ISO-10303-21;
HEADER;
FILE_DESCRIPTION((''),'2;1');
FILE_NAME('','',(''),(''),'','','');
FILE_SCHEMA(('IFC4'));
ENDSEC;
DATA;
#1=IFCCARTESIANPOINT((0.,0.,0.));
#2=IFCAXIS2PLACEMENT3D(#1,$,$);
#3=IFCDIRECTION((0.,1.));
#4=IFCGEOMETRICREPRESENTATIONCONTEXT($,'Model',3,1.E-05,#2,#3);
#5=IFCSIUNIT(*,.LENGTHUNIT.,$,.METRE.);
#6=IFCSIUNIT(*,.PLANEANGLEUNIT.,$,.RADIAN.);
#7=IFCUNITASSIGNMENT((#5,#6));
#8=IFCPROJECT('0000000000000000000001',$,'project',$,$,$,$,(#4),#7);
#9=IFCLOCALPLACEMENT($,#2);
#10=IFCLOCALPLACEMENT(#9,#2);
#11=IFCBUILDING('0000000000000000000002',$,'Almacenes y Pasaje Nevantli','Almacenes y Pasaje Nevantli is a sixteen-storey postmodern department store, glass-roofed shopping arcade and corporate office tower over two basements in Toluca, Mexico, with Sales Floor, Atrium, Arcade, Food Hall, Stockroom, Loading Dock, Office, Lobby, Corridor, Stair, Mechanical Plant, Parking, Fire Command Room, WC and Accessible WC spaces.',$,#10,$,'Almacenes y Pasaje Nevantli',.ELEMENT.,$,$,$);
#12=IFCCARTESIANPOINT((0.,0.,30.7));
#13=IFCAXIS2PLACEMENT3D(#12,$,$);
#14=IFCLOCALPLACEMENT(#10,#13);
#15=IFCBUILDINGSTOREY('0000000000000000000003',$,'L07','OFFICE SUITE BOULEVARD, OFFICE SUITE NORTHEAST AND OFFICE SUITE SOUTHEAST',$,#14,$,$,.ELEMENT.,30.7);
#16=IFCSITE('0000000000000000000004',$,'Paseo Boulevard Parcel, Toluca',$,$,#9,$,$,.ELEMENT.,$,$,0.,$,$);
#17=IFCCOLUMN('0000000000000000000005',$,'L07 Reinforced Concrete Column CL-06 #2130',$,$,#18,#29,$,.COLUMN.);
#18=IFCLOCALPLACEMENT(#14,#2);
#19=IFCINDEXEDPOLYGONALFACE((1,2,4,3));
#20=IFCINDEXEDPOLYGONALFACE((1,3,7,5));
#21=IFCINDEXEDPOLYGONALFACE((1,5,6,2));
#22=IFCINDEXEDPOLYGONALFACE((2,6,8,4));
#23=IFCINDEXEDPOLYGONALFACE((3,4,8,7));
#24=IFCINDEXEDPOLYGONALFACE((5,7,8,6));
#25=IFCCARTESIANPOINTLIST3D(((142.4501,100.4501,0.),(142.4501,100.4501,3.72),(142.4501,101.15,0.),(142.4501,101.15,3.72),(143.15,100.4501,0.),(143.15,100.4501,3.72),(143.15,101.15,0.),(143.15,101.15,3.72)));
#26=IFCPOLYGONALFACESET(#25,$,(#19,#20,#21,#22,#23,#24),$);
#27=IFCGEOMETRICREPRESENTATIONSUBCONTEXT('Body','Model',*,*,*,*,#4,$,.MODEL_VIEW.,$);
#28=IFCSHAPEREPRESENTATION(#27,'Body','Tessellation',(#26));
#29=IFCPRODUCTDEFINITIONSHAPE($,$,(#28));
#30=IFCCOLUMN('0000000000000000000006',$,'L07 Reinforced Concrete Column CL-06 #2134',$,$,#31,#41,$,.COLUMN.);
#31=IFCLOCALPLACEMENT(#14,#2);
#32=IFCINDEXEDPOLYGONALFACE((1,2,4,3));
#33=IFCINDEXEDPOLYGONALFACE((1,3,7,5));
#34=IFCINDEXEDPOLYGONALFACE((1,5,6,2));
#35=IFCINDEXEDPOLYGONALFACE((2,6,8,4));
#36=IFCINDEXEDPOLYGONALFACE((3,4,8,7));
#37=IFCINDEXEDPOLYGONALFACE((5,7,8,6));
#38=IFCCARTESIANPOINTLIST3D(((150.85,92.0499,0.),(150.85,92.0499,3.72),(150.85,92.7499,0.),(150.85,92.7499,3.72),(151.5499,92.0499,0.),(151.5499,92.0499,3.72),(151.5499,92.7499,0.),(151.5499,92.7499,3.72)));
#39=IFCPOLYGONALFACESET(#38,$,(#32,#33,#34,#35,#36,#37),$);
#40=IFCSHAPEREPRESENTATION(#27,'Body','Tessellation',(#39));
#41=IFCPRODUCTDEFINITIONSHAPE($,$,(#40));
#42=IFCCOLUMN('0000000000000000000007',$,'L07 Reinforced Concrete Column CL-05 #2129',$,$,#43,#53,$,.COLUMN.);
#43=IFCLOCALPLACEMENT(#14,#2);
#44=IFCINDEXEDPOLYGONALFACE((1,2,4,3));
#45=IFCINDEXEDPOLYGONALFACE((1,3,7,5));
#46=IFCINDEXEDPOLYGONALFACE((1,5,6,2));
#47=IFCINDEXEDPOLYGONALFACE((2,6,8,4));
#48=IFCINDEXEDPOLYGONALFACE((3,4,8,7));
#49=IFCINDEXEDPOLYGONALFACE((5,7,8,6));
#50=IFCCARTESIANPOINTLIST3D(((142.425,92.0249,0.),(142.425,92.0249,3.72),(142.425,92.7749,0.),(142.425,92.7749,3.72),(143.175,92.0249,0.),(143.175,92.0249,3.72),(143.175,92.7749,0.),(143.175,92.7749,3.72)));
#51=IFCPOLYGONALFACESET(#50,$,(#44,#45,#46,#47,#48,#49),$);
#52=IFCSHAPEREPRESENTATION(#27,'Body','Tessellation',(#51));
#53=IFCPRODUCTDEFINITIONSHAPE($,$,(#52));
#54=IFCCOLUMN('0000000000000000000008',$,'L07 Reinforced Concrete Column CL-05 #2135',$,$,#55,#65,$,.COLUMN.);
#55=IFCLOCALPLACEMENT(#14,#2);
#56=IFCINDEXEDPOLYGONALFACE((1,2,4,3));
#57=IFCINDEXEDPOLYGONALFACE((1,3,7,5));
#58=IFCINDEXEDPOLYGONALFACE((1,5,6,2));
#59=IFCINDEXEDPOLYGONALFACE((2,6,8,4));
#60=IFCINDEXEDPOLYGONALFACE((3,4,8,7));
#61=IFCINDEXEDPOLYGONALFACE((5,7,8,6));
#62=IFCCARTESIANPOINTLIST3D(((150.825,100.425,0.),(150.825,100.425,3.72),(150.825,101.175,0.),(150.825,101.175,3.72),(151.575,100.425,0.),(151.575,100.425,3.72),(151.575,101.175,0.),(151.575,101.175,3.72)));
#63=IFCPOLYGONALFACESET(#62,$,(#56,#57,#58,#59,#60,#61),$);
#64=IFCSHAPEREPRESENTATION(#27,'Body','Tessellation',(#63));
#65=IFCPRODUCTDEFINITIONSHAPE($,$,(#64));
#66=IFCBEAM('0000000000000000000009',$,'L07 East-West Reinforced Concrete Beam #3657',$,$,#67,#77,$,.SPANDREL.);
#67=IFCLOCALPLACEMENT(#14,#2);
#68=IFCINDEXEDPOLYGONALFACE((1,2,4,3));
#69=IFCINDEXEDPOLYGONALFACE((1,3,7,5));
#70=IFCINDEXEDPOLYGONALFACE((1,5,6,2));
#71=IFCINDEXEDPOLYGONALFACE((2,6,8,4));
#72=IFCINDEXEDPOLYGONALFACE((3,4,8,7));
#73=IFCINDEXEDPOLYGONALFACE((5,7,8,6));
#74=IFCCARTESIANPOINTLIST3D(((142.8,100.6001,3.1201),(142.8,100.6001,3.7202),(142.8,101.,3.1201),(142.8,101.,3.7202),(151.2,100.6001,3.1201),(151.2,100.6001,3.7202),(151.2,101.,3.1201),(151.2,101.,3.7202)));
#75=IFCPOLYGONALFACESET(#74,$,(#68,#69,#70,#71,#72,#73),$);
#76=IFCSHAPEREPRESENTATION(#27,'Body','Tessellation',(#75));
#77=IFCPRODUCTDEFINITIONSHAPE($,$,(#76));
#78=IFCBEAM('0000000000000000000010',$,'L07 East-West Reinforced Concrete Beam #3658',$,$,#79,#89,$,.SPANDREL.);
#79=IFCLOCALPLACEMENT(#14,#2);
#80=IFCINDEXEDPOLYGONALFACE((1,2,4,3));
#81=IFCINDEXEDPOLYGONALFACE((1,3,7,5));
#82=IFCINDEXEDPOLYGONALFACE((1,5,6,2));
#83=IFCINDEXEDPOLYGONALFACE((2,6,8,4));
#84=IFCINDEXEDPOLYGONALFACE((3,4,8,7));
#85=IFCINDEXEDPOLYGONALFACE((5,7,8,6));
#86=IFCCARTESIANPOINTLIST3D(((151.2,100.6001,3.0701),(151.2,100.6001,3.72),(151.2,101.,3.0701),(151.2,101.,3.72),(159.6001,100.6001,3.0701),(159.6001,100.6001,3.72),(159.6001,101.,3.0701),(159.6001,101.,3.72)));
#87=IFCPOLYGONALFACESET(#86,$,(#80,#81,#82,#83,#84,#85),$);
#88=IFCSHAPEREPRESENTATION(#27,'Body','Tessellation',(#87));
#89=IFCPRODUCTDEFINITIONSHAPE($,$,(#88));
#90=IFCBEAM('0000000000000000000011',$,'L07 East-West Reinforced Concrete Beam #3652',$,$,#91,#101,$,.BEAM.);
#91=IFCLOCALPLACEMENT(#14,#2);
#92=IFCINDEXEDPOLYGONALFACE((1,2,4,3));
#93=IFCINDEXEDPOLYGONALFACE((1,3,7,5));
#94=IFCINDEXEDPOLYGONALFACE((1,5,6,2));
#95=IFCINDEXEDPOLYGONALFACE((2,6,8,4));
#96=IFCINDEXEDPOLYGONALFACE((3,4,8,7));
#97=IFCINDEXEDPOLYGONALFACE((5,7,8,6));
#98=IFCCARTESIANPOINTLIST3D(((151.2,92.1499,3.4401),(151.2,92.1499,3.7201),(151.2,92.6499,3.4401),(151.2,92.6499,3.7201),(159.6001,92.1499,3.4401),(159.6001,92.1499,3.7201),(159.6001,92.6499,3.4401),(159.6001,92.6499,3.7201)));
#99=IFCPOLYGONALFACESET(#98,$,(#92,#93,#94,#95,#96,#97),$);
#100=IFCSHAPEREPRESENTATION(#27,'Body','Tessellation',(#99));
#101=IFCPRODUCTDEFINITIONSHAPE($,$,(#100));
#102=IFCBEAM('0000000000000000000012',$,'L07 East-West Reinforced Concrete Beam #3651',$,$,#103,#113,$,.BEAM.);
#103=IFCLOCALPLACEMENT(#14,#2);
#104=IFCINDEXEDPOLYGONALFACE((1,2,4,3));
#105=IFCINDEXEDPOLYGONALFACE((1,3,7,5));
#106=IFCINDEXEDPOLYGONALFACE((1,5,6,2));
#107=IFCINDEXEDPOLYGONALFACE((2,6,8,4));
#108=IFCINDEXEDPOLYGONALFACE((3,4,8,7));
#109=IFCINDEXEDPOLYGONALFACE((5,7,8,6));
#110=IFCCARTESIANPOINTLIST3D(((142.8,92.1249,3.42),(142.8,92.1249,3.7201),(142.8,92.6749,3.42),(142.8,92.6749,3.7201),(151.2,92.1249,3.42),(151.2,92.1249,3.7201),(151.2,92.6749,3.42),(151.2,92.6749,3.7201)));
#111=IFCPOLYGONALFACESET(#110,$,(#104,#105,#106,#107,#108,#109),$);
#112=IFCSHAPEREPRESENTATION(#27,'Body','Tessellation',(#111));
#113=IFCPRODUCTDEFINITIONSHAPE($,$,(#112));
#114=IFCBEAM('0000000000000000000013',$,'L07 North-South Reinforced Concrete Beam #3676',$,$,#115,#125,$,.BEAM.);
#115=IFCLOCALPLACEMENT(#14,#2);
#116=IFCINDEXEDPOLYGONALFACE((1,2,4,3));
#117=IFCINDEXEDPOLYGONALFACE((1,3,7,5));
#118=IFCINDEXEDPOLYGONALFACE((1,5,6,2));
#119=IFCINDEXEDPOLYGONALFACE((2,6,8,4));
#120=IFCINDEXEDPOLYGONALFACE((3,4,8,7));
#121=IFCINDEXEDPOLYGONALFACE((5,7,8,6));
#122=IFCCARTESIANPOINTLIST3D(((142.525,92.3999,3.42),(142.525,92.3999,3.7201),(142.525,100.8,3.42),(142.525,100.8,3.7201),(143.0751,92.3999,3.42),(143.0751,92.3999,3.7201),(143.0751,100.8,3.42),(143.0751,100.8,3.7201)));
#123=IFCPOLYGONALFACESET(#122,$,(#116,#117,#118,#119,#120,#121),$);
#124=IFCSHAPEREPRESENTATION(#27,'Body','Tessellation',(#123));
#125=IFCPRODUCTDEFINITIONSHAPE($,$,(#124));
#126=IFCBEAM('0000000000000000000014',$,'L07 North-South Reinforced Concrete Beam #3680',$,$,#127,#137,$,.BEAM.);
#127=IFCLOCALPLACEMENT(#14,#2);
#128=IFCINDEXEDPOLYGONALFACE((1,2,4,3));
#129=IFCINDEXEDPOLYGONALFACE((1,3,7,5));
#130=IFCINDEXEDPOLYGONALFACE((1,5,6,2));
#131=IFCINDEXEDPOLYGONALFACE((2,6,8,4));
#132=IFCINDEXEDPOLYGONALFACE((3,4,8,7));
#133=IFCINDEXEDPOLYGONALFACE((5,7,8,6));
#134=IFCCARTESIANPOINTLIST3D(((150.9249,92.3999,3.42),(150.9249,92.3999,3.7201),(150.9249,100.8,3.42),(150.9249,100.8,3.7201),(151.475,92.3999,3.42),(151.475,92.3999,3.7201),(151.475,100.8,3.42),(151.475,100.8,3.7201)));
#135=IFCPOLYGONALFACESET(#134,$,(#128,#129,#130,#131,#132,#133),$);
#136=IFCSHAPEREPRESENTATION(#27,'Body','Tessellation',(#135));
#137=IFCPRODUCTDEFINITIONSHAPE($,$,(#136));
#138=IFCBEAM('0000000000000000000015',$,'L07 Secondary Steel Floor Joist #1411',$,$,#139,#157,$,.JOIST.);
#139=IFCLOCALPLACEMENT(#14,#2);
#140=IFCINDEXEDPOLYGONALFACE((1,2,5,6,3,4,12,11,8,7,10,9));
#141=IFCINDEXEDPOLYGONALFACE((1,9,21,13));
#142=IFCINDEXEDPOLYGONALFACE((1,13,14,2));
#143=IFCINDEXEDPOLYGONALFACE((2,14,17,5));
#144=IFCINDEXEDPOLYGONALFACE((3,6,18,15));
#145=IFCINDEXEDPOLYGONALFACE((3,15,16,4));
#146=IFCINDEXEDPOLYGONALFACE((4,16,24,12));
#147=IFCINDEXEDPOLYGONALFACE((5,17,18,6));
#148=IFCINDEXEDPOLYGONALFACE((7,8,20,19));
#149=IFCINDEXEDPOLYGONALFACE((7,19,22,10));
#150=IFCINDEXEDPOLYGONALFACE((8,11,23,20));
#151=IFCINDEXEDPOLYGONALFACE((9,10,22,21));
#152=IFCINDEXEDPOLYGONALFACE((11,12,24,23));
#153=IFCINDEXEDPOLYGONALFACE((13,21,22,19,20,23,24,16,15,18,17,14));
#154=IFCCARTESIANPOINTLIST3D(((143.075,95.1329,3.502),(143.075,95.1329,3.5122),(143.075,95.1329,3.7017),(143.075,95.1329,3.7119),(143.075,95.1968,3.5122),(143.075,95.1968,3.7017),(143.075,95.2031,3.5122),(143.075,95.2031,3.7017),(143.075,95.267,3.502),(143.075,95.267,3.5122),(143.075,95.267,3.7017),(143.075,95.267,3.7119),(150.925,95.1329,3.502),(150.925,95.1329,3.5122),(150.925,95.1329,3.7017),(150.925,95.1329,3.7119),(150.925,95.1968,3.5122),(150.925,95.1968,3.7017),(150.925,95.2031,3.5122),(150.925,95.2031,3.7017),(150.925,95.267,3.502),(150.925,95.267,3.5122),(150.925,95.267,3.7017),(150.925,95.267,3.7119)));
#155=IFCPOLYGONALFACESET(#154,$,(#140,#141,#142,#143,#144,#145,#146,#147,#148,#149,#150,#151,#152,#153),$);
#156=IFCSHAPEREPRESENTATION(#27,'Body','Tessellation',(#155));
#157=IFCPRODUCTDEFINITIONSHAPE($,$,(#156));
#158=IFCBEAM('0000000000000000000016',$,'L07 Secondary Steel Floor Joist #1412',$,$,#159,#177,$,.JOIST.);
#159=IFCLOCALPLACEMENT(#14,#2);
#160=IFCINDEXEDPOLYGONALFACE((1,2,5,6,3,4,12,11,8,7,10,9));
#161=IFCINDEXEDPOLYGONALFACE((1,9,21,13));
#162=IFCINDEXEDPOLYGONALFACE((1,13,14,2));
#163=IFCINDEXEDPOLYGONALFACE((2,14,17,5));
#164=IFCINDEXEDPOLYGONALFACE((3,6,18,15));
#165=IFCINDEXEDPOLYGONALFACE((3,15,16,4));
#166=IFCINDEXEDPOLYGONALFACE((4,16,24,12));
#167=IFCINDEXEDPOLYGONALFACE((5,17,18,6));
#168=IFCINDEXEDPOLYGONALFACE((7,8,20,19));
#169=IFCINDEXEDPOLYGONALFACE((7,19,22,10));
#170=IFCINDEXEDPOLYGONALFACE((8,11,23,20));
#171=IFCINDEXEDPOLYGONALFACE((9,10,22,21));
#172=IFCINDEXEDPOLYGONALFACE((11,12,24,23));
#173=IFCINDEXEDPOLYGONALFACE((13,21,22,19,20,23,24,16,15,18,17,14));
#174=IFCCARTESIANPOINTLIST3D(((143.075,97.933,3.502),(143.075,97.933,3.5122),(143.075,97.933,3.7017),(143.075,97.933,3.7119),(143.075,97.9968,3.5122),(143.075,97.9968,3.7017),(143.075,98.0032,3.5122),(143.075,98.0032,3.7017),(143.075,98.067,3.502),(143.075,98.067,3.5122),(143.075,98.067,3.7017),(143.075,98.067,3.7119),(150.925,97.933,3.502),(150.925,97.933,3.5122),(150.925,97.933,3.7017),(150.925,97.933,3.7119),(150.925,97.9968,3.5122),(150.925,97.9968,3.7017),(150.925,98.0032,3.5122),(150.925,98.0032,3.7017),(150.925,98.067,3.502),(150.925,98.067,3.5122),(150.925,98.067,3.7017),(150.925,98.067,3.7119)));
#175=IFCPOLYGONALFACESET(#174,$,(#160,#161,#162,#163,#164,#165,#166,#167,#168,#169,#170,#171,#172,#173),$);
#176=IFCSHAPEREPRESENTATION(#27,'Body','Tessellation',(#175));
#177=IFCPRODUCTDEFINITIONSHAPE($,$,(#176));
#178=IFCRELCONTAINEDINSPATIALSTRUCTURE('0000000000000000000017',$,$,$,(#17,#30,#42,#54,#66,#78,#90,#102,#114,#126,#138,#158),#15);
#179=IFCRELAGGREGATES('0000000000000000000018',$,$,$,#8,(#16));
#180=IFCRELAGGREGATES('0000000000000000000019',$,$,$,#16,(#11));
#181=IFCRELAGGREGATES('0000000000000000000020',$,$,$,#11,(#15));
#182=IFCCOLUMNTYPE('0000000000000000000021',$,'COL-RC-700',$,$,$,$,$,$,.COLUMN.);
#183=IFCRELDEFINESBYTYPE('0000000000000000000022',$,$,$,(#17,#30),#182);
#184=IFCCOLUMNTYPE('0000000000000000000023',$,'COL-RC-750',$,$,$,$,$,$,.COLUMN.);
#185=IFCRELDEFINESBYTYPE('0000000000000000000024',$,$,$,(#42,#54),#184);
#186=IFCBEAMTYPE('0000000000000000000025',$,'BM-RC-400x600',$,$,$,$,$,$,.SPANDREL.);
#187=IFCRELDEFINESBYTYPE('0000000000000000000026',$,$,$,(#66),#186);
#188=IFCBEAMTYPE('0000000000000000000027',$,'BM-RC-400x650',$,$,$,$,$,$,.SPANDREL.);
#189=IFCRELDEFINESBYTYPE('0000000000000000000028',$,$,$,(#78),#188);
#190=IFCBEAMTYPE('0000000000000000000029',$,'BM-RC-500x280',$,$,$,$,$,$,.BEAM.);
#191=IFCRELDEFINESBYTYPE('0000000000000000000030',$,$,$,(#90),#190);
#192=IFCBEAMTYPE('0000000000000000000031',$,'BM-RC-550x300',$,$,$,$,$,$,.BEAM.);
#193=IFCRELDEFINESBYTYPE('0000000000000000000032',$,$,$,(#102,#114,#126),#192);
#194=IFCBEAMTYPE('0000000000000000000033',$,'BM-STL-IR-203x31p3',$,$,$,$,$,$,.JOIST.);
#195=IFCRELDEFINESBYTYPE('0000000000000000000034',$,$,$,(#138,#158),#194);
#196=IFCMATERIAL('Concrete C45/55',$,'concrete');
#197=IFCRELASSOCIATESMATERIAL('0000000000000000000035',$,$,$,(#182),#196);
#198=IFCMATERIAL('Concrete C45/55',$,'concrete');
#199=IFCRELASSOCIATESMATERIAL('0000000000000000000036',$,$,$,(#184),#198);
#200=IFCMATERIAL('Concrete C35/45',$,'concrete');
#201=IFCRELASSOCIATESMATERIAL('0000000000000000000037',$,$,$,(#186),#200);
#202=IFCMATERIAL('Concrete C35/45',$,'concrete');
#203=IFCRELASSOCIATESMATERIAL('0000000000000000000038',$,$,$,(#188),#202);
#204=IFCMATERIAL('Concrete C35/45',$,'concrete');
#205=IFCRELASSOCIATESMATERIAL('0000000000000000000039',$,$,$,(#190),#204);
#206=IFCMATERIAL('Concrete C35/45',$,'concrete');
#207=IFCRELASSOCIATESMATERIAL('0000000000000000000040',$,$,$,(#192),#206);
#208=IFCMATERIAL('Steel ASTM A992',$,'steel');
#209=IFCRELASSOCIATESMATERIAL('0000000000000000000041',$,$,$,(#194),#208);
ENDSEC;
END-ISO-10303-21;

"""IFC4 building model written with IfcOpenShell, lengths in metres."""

from ifc_helpers import new_model, si_unit, direction, frame, origin, origin_2d, place, context, subcontext, project, spatial, rectangle, i_section, extrude, material, material_profile, profile_set, type_object, element, save


model = new_model("IFC4")

# Units and contexts
model_context = context("Model", 3, precision=1e-05, world=origin(), true_north=direction((0.0, 1.0)))
body_context = subcontext(model_context, "Body", "Model", "MODEL_VIEW")
ifc_project = project(units=[si_unit("LENGTHUNIT", "METRE"), si_unit("PLANEANGLEUNIT", "RADIAN")], contexts=[model_context])

# Site, building, storey
site_placement = place(None, origin())
site = spatial("IfcSite", under=ifc_project, at=site_placement, Name="Paseo Boulevard Parcel, Toluca", CompositionType="ELEMENT", RefElevation=0.0)
building_placement = place(site_placement, origin())
building = spatial("IfcBuilding", under=site, at=building_placement, Name="Almacenes y Pasaje Nevantli", Description="Almacenes y Pasaje Nevantli is a sixteen-storey postmodern department store, glass-roofed shopping arcade and corporate office tower over two basements in Toluca, Mexico, with Sales Floor, Atrium, Arcade, Food Hall, Stockroom, Loading Dock, Office, Lobby, Corridor, Stair, Mechanical Plant, Parking, Fire Command Room, WC and Accessible WC spaces.", LongName="Almacenes y Pasaje Nevantli", CompositionType="ELEMENT")
storey_placement = place(building_placement, frame((0.0, 0.0, 30.7)))
storey = spatial("IfcBuildingStorey", under=building, at=storey_placement, Name="L07", Description="OFFICE SUITE BOULEVARD, OFFICE SUITE NORTHEAST AND OFFICE SUITE SOUTHEAST", CompositionType="ELEMENT", Elevation=30.7)

# Columns
ifc_material_1 = material(Name="Concrete C45/55", Category="concrete")
ifc_material_profile_1 = material_profile(ifc_material_1, rectangle(XDim=0.7, YDim=0.7, at=origin_2d()), Name="RC-COL-700x700")
ifc_profile_set_1 = profile_set([ifc_material_profile_1], Name="Concrete C45/55")
column_type_1 = type_object("IfcColumnType", Name="COL-RC-700", PredefinedType="COLUMN", material=ifc_profile_set_1)
for number, where, z_axis, x_axis, name in (
    (1, (142.8, 100.8, 0.0), (0.0, 0.0, 1.0), (1.0, 0.0, 0.0), "L07 Reinforced Concrete Column CL-06 #2130"),
    (2, (151.2, 92.3999, 0.0), (0.0, 0.0, 1.0), (1.0, 0.0, 0.0), "L07 Reinforced Concrete Column CL-06 #2134"),
):
    element("IfcColumn", number, at=place(storey_placement, frame(where, z_axis=z_axis, x_axis=x_axis)), inside=storey, type_object=column_type_1, Name=name, PredefinedType="COLUMN", context=body_context, shape_type="SweptSolid", body=[
        extrude(rectangle(XDim=0.7, YDim=0.7, at=origin_2d()), origin(), (0.0, 0.0, 1.0), 3.72),
    ])
ifc_material_2 = material(Name="Concrete C45/55", Category="concrete")
ifc_material_profile_2 = material_profile(ifc_material_2, rectangle(XDim=0.75, YDim=0.75, at=origin_2d()), Name="RC-COL-750x750")
ifc_profile_set_2 = profile_set([ifc_material_profile_2], Name="Concrete C45/55")
column_type_2 = type_object("IfcColumnType", Name="COL-RC-750", PredefinedType="COLUMN", material=ifc_profile_set_2)
for number, where, z_axis, x_axis, name in (
    (3, (142.8, 92.3999, 0.0), (0.0, 0.0, 1.0), (1.0, 0.0, 0.0), "L07 Reinforced Concrete Column CL-05 #2129"),
    (4, (151.2, 100.8, 0.0), (0.0, 0.0, 1.0), (1.0, 0.0, 0.0), "L07 Reinforced Concrete Column CL-05 #2135"),
):
    element("IfcColumn", number, at=place(storey_placement, frame(where, z_axis=z_axis, x_axis=x_axis)), inside=storey, type_object=column_type_2, Name=name, PredefinedType="COLUMN", context=body_context, shape_type="SweptSolid", body=[
        extrude(rectangle(XDim=0.75, YDim=0.75, at=origin_2d()), origin(), (0.0, 0.0, 1.0), 3.72),
    ])

# Beams
ifc_material_3 = material(Name="Concrete C35/45", Category="concrete")
ifc_material_profile_3 = material_profile(ifc_material_3, rectangle(XDim=0.3999, YDim=0.6001, at=origin_2d()), Name="RC-BM-400x600")
ifc_profile_set_3 = profile_set([ifc_material_profile_3], Name="Concrete C35/45")
beam_type_1 = type_object("IfcBeamType", Name="BM-RC-400x600", PredefinedType="SPANDREL", material=ifc_profile_set_3)
beam_1_placement = place(storey_placement, frame((142.8, 100.8, 3.4202), z_axis=(1.0, 0.0, 0.0), x_axis=(0.0, 1.0, 0.0)))
element("IfcBeam", 5, at=beam_1_placement, inside=storey, type_object=beam_type_1, Name="L07 East-West Reinforced Concrete Beam #3657", PredefinedType="SPANDREL", context=body_context, shape_type="SweptSolid", body=[
    extrude(rectangle(XDim=0.3999, YDim=0.6001, at=origin_2d()), origin(), (0.0, 0.0, 1.0), 8.3999),
])
ifc_material_4 = material(Name="Concrete C35/45", Category="concrete")
ifc_material_profile_4 = material_profile(ifc_material_4, rectangle(XDim=0.3999, YDim=0.6499, at=origin_2d()), Name="RC-BM-400x650")
ifc_profile_set_4 = profile_set([ifc_material_profile_4], Name="Concrete C35/45")
beam_type_2 = type_object("IfcBeamType", Name="BM-RC-400x650", PredefinedType="SPANDREL", material=ifc_profile_set_4)
beam_2_placement = place(storey_placement, frame((151.2, 100.8, 3.395), z_axis=(1.0, 0.0, 0.0), x_axis=(0.0, 1.0, 0.0)))
element("IfcBeam", 6, at=beam_2_placement, inside=storey, type_object=beam_type_2, Name="L07 East-West Reinforced Concrete Beam #3658", PredefinedType="SPANDREL", context=body_context, shape_type="SweptSolid", body=[
    extrude(rectangle(XDim=0.3999, YDim=0.6499, at=origin_2d()), origin(), (0.0, 0.0, 1.0), 8.4001),
])
ifc_material_5 = material(Name="Concrete C35/45", Category="concrete")
ifc_material_profile_5 = material_profile(ifc_material_5, rectangle(XDim=0.5, YDim=0.28, at=origin_2d()), Name="RC-BM-500x280")
ifc_profile_set_5 = profile_set([ifc_material_profile_5], Name="Concrete C35/45")
beam_type_3 = type_object("IfcBeamType", Name="BM-RC-500x280", PredefinedType="BEAM", material=ifc_profile_set_5)
beam_3_placement = place(storey_placement, frame((151.2, 92.3999, 3.5801), z_axis=(1.0, 0.0, 0.0), x_axis=(0.0, 1.0, 0.0)))
element("IfcBeam", 7, at=beam_3_placement, inside=storey, type_object=beam_type_3, Name="L07 East-West Reinforced Concrete Beam #3652", PredefinedType="BEAM", context=body_context, shape_type="SweptSolid", body=[
    extrude(rectangle(XDim=0.5, YDim=0.28, at=origin_2d()), origin(), (0.0, 0.0, 1.0), 8.4001),
])
ifc_material_6 = material(Name="Concrete C35/45", Category="concrete")
ifc_material_profile_6 = material_profile(ifc_material_6, rectangle(XDim=0.55, YDim=0.3, at=origin_2d()), Name="RC-BM-550x300")
ifc_profile_set_6 = profile_set([ifc_material_profile_6], Name="Concrete C35/45")
beam_type_4 = type_object("IfcBeamType", Name="BM-RC-550x300", PredefinedType="BEAM", material=ifc_profile_set_6)
beam_4_placement = place(storey_placement, frame((142.8, 92.3999, 3.5701), z_axis=(1.0, 0.0, 0.0), x_axis=(0.0, 1.0, 0.0)))
element("IfcBeam", 8, at=beam_4_placement, inside=storey, type_object=beam_type_4, Name="L07 East-West Reinforced Concrete Beam #3651", PredefinedType="BEAM", context=body_context, shape_type="SweptSolid", body=[
    extrude(rectangle(XDim=0.55, YDim=0.3, at=origin_2d()), origin(), (0.0, 0.0, 1.0), 8.3999),
])
for number, where, z_axis, x_axis, name in (
    (9, (142.8, 92.3999, 3.5701), (0.0, 1.0, 0.0), (-1.0, 0.0, 0.0), "L07 North-South Reinforced Concrete Beam #3676"),
    (10, (151.2, 92.3999, 3.5701), (0.0, 1.0, 0.0), (-1.0, 0.0, 0.0), "L07 North-South Reinforced Concrete Beam #3680"),
):
    element("IfcBeam", number, at=place(storey_placement, frame(where, z_axis=z_axis, x_axis=x_axis)), inside=storey, type_object=beam_type_4, Name=name, PredefinedType="BEAM", context=body_context, shape_type="SweptSolid", body=[
        extrude(rectangle(XDim=0.55, YDim=0.3, at=origin_2d()), origin(), (0.0, 0.0, 1.0), 8.4001),
    ])
ifc_material_7 = material(Name="Steel ASTM A992", Category="steel")
ifc_material_profile_7 = material_profile(ifc_material_7, i_section(OverallWidth=0.134, OverallDepth=0.21, WebThickness=0.0063, FlangeThickness=0.0103, at=origin_2d()), Name="IR 203x31.3")
ifc_profile_set_7 = profile_set([ifc_material_profile_7], Name="Steel ASTM A992")
beam_type_5 = type_object("IfcBeamType", Name="BM-STL-IR-203x31p3", PredefinedType="JOIST", material=ifc_profile_set_7)
for number, where, z_axis, x_axis, name in (
    (11, (143.075, 95.2, 3.6069), (1.0, 0.0, 0.0), (0.0, 1.0, 0.0), "L07 Secondary Steel Floor Joist #1411"),
    (12, (143.075, 98.0, 3.6069), (1.0, 0.0, 0.0), (0.0, 1.0, 0.0), "L07 Secondary Steel Floor Joist #1412"),
):
    element("IfcBeam", number, at=place(storey_placement, frame(where, z_axis=z_axis, x_axis=x_axis)), inside=storey, type_object=beam_type_5, Name=name, PredefinedType="JOIST", context=body_context, shape_type="SweptSolid", body=[
        extrude(i_section(OverallWidth=0.134, OverallDepth=0.21, WebThickness=0.0063, FlangeThickness=0.0103, at=origin_2d()), origin(), (0.0, 0.0, 1.0), 7.8501),
    ])

save(model, "model.ifc")
